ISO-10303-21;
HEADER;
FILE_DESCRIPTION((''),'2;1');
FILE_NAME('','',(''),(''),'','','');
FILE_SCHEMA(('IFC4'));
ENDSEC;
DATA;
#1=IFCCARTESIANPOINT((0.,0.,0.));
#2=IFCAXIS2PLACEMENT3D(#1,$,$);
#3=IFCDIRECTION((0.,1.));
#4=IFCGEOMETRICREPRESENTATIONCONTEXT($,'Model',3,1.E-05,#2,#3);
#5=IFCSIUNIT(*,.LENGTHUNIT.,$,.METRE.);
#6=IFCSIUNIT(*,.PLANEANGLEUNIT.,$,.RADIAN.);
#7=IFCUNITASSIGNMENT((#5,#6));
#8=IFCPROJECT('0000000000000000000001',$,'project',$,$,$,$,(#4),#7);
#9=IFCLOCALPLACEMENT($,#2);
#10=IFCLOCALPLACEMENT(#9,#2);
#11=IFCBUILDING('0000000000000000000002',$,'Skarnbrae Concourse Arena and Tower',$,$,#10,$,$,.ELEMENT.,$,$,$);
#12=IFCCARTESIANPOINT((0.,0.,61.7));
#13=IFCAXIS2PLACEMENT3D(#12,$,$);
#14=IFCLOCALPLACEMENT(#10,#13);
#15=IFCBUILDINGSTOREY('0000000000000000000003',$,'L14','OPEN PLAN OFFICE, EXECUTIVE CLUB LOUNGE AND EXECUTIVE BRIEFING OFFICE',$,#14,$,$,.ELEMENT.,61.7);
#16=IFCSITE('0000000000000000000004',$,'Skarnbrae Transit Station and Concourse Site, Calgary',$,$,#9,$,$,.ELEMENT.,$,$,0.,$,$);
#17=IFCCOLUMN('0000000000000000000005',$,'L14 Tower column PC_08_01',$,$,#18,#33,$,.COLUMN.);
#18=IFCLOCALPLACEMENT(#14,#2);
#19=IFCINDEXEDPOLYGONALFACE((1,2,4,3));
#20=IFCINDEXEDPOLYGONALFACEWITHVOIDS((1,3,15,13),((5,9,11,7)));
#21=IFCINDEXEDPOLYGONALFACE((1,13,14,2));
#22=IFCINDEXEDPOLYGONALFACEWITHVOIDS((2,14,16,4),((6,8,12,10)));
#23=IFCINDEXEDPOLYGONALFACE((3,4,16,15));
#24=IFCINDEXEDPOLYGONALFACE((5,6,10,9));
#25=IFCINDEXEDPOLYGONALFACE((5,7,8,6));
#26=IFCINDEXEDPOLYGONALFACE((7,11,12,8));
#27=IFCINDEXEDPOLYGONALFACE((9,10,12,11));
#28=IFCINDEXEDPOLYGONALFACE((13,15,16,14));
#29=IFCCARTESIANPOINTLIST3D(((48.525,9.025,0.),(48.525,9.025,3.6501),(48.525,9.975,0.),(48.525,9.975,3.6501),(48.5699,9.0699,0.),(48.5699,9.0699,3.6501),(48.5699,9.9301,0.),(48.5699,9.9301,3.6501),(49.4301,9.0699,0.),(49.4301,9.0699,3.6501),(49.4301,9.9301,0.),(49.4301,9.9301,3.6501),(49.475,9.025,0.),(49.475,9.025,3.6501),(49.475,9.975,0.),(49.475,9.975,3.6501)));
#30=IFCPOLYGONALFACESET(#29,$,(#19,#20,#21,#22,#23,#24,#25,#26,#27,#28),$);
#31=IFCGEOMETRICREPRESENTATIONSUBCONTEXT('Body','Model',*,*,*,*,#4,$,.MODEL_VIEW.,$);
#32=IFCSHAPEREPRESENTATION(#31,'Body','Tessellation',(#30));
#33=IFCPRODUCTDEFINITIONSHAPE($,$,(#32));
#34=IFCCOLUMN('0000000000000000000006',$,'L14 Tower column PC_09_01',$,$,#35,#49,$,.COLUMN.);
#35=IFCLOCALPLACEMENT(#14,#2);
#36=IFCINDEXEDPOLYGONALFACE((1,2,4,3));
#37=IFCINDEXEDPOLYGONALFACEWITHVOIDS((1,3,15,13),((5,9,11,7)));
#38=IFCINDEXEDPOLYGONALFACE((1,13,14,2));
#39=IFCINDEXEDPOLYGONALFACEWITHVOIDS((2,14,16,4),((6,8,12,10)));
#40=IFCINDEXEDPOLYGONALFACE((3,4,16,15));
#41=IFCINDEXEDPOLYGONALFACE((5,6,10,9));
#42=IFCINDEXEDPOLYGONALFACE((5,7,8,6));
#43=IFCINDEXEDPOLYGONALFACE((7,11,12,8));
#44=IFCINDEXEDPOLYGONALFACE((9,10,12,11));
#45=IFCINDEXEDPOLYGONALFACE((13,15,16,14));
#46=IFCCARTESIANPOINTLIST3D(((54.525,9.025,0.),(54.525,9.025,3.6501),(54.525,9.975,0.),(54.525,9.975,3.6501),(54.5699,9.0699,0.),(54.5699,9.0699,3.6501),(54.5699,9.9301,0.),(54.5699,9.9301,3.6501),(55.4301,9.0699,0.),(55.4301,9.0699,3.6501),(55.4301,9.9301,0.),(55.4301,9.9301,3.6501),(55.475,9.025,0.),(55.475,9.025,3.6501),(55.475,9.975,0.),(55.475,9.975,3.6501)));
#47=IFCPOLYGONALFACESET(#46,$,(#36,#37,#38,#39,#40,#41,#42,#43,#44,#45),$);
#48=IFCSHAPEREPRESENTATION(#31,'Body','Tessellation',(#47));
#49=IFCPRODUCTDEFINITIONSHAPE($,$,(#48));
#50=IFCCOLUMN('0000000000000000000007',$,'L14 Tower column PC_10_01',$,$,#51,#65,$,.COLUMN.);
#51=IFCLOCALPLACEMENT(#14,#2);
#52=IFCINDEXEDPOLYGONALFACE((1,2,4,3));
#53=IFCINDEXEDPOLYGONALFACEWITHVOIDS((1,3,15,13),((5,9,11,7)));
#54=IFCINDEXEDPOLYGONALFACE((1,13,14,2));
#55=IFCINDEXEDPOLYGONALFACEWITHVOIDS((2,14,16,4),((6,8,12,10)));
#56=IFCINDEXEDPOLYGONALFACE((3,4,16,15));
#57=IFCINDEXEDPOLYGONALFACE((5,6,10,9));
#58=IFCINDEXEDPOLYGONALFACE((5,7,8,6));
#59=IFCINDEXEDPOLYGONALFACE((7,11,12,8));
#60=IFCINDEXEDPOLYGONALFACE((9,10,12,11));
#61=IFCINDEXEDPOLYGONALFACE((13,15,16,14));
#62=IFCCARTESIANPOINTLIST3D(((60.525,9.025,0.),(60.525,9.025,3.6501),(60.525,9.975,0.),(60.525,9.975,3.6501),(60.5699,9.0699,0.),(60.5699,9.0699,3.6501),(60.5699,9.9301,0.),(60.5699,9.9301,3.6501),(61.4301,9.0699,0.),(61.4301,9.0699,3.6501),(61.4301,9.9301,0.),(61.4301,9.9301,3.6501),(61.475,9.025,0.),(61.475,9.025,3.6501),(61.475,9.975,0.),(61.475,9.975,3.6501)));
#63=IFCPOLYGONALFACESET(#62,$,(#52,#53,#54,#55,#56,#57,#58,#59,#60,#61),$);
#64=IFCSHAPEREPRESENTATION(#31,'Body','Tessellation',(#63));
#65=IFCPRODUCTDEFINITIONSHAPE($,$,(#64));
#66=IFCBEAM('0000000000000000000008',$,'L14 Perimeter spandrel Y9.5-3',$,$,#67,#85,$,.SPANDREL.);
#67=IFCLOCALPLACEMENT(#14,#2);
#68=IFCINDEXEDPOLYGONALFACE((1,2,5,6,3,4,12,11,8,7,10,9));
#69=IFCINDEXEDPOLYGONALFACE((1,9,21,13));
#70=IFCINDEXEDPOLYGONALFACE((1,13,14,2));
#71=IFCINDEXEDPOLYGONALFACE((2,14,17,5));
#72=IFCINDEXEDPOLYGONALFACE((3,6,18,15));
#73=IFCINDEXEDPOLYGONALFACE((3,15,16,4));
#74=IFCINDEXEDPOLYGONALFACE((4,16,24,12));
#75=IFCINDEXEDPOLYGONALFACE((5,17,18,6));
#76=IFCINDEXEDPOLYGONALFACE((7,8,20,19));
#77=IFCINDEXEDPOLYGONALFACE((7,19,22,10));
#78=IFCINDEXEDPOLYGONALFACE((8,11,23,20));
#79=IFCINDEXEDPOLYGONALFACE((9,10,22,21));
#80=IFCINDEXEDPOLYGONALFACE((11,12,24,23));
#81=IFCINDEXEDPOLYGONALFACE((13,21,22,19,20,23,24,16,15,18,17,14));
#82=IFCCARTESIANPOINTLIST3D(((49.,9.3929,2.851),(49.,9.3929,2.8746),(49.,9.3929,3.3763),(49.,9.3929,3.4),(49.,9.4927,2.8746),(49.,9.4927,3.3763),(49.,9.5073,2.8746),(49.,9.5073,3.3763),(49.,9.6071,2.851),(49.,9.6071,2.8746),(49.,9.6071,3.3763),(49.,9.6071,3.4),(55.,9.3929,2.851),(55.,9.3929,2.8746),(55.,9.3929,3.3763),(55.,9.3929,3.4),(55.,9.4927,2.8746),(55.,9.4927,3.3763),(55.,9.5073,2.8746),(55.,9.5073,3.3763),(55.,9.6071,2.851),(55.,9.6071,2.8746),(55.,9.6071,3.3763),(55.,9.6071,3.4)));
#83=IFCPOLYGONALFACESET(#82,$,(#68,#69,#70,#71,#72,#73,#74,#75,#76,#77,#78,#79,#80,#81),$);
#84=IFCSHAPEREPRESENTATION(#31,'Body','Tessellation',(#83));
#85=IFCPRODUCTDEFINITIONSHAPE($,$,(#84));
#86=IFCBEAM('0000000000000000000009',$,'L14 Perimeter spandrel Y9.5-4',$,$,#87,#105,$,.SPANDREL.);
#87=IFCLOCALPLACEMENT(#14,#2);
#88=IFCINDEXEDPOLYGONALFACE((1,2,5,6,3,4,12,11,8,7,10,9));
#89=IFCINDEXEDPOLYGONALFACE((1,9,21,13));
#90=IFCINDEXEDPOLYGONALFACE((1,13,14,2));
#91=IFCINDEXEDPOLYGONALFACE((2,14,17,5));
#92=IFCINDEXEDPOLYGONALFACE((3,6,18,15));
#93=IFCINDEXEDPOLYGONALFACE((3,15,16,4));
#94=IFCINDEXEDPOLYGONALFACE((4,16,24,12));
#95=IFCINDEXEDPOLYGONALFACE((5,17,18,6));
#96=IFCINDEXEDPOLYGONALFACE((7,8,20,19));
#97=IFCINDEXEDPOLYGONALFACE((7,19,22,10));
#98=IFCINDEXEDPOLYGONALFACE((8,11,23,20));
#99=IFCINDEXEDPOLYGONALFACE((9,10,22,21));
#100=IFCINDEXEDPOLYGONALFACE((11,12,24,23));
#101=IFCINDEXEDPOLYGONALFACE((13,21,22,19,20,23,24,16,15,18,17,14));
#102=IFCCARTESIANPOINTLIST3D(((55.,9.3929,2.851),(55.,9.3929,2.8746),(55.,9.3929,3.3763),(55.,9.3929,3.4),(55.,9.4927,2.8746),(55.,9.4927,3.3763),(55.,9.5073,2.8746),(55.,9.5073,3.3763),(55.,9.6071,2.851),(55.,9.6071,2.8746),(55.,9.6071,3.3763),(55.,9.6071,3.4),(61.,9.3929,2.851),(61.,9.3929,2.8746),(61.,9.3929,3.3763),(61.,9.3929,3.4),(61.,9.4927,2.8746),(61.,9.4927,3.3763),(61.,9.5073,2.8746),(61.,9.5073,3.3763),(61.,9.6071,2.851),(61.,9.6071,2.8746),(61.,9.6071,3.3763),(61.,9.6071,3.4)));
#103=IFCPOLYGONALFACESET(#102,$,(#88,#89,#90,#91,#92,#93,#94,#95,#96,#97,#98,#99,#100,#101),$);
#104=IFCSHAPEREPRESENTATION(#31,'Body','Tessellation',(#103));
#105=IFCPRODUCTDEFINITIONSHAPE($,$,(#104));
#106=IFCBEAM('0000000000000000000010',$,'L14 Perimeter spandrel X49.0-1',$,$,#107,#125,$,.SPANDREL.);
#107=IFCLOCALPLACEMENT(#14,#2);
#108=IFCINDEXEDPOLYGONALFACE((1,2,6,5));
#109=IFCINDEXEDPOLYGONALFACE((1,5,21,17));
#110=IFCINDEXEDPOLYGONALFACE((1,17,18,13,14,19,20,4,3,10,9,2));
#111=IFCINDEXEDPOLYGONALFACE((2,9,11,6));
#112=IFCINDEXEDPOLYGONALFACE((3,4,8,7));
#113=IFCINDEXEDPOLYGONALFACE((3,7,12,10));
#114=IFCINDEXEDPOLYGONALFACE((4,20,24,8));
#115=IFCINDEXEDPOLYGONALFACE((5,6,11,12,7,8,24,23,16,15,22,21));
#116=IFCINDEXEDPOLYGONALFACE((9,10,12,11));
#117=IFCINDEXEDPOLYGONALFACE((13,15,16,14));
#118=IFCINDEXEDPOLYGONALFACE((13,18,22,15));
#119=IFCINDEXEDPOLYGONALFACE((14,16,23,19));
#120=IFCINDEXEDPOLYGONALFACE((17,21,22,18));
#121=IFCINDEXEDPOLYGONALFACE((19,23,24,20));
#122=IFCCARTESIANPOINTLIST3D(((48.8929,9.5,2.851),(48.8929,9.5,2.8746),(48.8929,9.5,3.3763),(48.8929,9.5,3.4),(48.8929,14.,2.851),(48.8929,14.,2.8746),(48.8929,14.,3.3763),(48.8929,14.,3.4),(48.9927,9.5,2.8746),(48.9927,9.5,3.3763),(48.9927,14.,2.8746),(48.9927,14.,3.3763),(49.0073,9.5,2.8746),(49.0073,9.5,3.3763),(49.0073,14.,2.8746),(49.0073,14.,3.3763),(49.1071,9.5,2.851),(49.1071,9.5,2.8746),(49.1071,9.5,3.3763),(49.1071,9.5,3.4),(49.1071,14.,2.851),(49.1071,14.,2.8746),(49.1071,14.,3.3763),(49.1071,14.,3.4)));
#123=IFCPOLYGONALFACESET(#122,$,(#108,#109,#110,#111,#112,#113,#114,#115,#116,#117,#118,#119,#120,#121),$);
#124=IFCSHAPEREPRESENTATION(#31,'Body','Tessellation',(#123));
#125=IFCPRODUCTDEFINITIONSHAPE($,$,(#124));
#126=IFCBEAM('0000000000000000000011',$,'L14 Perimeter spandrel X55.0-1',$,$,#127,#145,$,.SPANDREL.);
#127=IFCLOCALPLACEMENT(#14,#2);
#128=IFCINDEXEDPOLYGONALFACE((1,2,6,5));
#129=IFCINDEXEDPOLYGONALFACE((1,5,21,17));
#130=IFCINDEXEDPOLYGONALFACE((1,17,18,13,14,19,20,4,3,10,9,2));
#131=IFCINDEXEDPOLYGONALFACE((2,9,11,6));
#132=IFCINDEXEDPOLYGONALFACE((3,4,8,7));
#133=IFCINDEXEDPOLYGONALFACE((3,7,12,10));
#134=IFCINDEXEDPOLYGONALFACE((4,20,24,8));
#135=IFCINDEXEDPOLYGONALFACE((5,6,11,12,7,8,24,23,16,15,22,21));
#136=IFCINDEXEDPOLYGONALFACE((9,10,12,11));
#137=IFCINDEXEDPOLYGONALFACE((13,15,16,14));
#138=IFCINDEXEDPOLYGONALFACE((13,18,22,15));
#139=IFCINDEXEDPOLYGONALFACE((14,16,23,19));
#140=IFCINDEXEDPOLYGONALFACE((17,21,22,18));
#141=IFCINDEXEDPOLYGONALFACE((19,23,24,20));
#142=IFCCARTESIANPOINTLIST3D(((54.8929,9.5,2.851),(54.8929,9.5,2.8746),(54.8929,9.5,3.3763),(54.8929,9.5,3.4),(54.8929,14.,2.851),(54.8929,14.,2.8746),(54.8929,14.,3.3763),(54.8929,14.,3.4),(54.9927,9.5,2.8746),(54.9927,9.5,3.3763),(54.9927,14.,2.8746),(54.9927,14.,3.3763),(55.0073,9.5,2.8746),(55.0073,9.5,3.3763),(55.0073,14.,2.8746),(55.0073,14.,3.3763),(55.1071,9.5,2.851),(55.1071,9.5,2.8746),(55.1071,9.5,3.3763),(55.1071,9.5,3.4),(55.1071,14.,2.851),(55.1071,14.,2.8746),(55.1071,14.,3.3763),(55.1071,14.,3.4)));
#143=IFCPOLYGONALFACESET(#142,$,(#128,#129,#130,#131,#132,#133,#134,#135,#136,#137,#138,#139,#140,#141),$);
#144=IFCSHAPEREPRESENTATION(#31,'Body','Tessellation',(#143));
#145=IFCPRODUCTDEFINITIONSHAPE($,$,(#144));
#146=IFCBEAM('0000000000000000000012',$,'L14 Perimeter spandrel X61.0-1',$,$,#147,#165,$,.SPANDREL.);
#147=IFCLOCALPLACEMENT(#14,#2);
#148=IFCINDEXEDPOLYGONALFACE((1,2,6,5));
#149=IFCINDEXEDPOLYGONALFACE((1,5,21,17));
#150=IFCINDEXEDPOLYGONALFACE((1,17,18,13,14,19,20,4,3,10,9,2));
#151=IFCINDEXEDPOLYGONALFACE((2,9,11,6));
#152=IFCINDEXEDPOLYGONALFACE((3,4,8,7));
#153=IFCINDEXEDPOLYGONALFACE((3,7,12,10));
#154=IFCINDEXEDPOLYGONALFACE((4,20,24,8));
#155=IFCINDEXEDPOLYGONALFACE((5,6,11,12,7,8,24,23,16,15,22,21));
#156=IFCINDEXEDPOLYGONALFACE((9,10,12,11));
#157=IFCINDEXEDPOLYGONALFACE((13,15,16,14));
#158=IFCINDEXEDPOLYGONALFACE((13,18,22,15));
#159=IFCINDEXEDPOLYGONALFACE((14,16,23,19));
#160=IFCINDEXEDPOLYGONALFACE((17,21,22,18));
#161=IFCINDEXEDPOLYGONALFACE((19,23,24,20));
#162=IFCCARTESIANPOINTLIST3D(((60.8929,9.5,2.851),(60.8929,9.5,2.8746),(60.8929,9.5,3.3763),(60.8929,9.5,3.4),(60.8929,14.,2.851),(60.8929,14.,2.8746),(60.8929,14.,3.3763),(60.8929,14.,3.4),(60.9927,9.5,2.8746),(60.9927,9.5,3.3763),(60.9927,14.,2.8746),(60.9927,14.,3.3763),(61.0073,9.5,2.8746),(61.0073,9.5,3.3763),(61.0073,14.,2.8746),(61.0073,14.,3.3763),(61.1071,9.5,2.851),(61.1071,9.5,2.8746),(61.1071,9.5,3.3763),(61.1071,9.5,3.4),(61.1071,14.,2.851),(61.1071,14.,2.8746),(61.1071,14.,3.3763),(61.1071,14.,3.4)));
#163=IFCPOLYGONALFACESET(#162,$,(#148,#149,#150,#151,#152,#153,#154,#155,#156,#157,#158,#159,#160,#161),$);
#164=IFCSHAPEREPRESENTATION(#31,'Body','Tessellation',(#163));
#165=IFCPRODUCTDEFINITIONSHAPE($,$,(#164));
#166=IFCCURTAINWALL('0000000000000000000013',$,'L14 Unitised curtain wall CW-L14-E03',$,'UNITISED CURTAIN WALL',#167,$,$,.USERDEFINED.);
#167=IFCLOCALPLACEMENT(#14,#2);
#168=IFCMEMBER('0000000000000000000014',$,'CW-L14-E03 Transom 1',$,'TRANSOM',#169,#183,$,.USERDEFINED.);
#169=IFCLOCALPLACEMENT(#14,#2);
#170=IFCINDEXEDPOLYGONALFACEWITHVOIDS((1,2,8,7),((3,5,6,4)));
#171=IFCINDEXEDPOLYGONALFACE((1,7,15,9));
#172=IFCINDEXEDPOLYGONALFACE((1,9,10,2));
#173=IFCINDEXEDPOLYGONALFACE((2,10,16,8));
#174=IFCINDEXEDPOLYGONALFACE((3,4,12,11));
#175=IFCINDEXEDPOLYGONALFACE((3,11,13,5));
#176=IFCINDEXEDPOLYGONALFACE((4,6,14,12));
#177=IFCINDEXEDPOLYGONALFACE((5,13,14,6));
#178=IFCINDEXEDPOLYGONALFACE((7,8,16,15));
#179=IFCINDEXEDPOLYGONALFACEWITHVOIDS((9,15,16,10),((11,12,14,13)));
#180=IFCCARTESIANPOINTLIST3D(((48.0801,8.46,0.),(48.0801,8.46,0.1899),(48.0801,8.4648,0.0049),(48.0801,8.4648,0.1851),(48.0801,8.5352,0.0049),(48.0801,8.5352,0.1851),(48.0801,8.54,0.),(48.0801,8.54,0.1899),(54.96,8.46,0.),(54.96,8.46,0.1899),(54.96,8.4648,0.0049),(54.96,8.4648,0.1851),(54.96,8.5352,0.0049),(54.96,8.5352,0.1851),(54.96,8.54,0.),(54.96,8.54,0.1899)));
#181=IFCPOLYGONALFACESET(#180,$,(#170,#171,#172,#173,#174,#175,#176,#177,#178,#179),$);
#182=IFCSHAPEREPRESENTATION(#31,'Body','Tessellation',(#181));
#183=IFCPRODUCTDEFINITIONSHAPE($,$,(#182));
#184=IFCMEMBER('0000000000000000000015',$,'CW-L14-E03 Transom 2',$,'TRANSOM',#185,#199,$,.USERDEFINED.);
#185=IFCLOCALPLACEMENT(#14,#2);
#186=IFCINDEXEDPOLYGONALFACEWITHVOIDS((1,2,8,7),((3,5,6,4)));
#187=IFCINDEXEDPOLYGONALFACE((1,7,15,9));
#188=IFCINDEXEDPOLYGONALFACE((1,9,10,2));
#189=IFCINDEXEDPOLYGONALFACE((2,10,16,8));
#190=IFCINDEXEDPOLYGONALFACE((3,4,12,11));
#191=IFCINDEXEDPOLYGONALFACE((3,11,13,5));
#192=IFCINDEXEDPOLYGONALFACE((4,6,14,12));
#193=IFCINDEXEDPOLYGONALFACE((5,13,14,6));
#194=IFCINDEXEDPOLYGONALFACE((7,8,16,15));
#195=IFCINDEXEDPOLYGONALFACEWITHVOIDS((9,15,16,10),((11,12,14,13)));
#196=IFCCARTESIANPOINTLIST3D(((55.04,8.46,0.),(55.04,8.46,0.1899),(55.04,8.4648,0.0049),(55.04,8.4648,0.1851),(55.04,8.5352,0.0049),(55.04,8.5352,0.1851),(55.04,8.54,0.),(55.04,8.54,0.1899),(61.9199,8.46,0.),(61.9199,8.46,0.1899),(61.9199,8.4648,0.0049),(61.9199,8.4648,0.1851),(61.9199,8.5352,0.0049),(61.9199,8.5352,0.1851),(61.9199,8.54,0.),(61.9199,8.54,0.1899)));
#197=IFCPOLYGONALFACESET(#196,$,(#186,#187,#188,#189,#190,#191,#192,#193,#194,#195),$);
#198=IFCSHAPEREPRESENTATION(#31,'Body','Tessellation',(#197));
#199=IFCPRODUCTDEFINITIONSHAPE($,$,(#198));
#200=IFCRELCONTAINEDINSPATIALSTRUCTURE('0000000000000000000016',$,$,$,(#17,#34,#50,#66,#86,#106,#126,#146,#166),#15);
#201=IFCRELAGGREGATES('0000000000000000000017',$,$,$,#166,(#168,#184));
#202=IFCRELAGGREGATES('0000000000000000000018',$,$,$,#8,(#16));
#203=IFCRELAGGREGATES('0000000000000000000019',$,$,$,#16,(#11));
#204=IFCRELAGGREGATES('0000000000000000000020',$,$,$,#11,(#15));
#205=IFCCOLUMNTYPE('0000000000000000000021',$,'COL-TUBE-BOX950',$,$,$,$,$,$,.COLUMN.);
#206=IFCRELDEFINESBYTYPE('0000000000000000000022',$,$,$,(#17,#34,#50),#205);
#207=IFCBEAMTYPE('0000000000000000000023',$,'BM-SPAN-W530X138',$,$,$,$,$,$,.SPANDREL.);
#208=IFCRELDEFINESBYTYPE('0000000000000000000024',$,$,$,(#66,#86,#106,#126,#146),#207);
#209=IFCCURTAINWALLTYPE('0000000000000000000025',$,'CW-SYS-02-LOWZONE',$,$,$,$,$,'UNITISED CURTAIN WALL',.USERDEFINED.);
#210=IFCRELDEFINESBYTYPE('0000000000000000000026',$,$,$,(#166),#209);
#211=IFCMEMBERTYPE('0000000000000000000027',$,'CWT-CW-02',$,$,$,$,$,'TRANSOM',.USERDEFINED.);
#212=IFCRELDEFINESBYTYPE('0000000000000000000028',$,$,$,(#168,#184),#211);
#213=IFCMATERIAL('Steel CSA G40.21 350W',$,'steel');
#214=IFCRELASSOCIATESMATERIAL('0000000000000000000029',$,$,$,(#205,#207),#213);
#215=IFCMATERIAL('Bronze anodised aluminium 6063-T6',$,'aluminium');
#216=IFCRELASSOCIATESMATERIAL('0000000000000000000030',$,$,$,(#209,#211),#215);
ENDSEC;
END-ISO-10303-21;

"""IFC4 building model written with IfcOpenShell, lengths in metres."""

from ifc_helpers import new_model, si_unit, direction, frame, origin, origin_2d, place, context, subcontext, project, spatial, hollow_rectangle, i_section, extrude, source, transform, mapped, material, material_profile, profile_set, type_object, element, aggregate, save


model = new_model("IFC4")

# Units and contexts
model_context = context("Model", 3, precision=1e-05, world=origin(), true_north=direction((0.0, 1.0)))
body_context = subcontext(model_context, "Body", "Model", "MODEL_VIEW")
ifc_project = project(units=[si_unit("LENGTHUNIT", "METRE"), si_unit("PLANEANGLEUNIT", "RADIAN")], contexts=[model_context])

# Site, building, storey
site_placement = place(None, origin())
site = spatial("IfcSite", under=ifc_project, at=site_placement, Name="Skarnbrae Transit Station and Concourse Site, Calgary", CompositionType="ELEMENT", RefElevation=0.0)
building_placement = place(site_placement, origin())
building = spatial("IfcBuilding", under=site, at=building_placement, Name="Skarnbrae Concourse Arena and Tower", CompositionType="ELEMENT")
storey_placement = place(building_placement, frame((0.0, 0.0, 61.7)))
storey = spatial("IfcBuildingStorey", under=building, at=storey_placement, Name="L14", Description="OPEN PLAN OFFICE, EXECUTIVE CLUB LOUNGE AND EXECUTIVE BRIEFING OFFICE", CompositionType="ELEMENT", Elevation=61.7)

# Columns
ifc_material_1 = material(Name="Steel CSA G40.21 350W", Category="steel")
ifc_material_profile_1 = material_profile(ifc_material_1, hollow_rectangle(XDim=0.95, YDim=0.95, WallThickness=0.0449, at=origin_2d()), Name="BOX950X950X45")
ifc_profile_set_1 = profile_set([ifc_material_profile_1], Name="Steel CSA G40.21 350W")
column_type = type_object("IfcColumnType", Name="COL-TUBE-BOX950", PredefinedType="COLUMN", material=ifc_profile_set_1)
shared_shape_1 = source(origin(), body_context, "Body", "SweptSolid", [
    extrude(hollow_rectangle(XDim=0.95, YDim=0.95, WallThickness=0.0449, at=origin_2d()), origin(), (0.0, 0.0, 1.0), 3.6501),
])
for number, where, z_axis, x_axis, name in (
    (1, (49.0, 9.5, 0.0), (0.0, 0.0, 1.0), (1.0, 0.0, 0.0), "L14 Tower column PC_08_01"),
    (2, (55.0, 9.5, 0.0), (0.0, 0.0, 1.0), (1.0, 0.0, 0.0), "L14 Tower column PC_09_01"),
    (3, (61.0, 9.5, 0.0), (0.0, 0.0, 1.0), (1.0, 0.0, 0.0), "L14 Tower column PC_10_01"),
):
    element("IfcColumn", number, at=place(storey_placement, frame(where, z_axis=z_axis, x_axis=x_axis)), inside=storey, type_object=column_type, Name=name, PredefinedType="COLUMN", context=body_context, shape_type="MappedRepresentation", body=[
        mapped(shared_shape_1, transform((0.0, 0.0, 0.0))),
    ])

# Beams
ifc_material_profile_2 = material_profile(ifc_material_1, i_section(OverallWidth=0.2141, OverallDepth=0.5491, WebThickness=0.0146, FlangeThickness=0.0237, at=origin_2d()), Name="W530X138")
ifc_profile_set_2 = profile_set([ifc_material_profile_2], Name="Steel CSA G40.21 350W")
beam_type = type_object("IfcBeamType", Name="BM-SPAN-W530X138", PredefinedType="SPANDREL", material=ifc_profile_set_2)
shared_shape_2 = source(origin(), body_context, "Body", "SweptSolid", [
    extrude(i_section(OverallWidth=0.2141, OverallDepth=0.5491, WebThickness=0.0146, FlangeThickness=0.0237, at=origin_2d()), origin(), (0.0, 0.0, 1.0), 6.0),
])
for number, where, z_axis, x_axis, name in (
    (4, (49.0, 9.5, 3.1255), (1.0, 0.0, 0.0), (0.0, 1.0, 0.0), "L14 Perimeter spandrel Y9.5-3"),
    (5, (55.0, 9.5, 3.1255), (1.0, 0.0, 0.0), (0.0, 1.0, 0.0), "L14 Perimeter spandrel Y9.5-4"),
):
    element("IfcBeam", number, at=place(storey_placement, frame(where, z_axis=z_axis, x_axis=x_axis)), inside=storey, type_object=beam_type, Name=name, PredefinedType="SPANDREL", context=body_context, shape_type="MappedRepresentation", body=[
        mapped(shared_shape_2, transform((0.0, 0.0, 0.0))),
    ])
shared_shape_3 = source(origin(), body_context, "Body", "SweptSolid", [
    extrude(i_section(OverallWidth=0.2141, OverallDepth=0.5491, WebThickness=0.0146, FlangeThickness=0.0237, at=origin_2d()), origin(), (0.0, 0.0, 1.0), 4.5),
])
for number, where, z_axis, x_axis, name in (
    (6, (49.0, 9.5, 3.1255), (0.0, 1.0, 0.0), (-1.0, 0.0, 0.0), "L14 Perimeter spandrel X49.0-1"),
    (7, (55.0, 9.5, 3.1255), (0.0, 1.0, 0.0), (-1.0, 0.0, 0.0), "L14 Perimeter spandrel X55.0-1"),
    (8, (61.0, 9.5, 3.1255), (0.0, 1.0, 0.0), (-1.0, 0.0, 0.0), "L14 Perimeter spandrel X61.0-1"),
):
    element("IfcBeam", number, at=place(storey_placement, frame(where, z_axis=z_axis, x_axis=x_axis)), inside=storey, type_object=beam_type, Name=name, PredefinedType="SPANDREL", context=body_context, shape_type="MappedRepresentation", body=[
        mapped(shared_shape_3, transform((0.0, 0.0, 0.0))),
    ])

# Curtain wall, members
ifc_material_2 = material(Name="Bronze anodised aluminium 6063-T6", Category="aluminium")
curtain_wall_type = type_object("IfcCurtainWallType", Name="CW-SYS-02-LOWZONE", ElementType="UNITISED CURTAIN WALL", PredefinedType="USERDEFINED", material=ifc_material_2)
curtain_wall_1_placement = place(storey_placement, origin())
curtain_wall_1 = element("IfcCurtainWall", 9, at=curtain_wall_1_placement, inside=storey, type_object=curtain_wall_type, Name="L14 Unitised curtain wall CW-L14-E03", ObjectType="UNITISED CURTAIN WALL", PredefinedType="USERDEFINED")
ifc_material_profile_3 = material_profile(ifc_material_2, hollow_rectangle(XDim=0.0801, YDim=0.1899, WallThickness=0.0049, at=origin_2d()), Name="ALU-TRAN-80X190")
ifc_profile_set_3 = profile_set([ifc_material_profile_3], Name="Bronze anodised aluminium 6063-T6")
member_type_1 = type_object("IfcMemberType", Name="CWT-CW-02", ElementType="TRANSOM", PredefinedType="USERDEFINED", material=ifc_profile_set_3)
shared_shape_4 = source(origin(), body_context, "Body", "SweptSolid", [
    extrude(hollow_rectangle(XDim=0.0801, YDim=0.1899, WallThickness=0.0049, at=origin_2d()), origin(), (0.0, 0.0, 1.0), 6.8799),
])
member_1_placement = place(storey_placement, frame((48.0801, 8.5, 0.095), z_axis=(1.0, 0.0, 0.0), x_axis=(0.0, 1.0, 0.0)))
member_1 = element("IfcMember", 10, at=member_1_placement, type_object=member_type_1, Name="CW-L14-E03 Transom 1", ObjectType="TRANSOM", PredefinedType="USERDEFINED", context=body_context, shape_type="MappedRepresentation", body=[
    mapped(shared_shape_4, transform((0.0, 0.0, 0.0))),
])
member_2_placement = place(storey_placement, frame((55.04, 8.5, 0.095), z_axis=(1.0, 0.0, 0.0), x_axis=(0.0, 1.0, 0.0)))
member_2 = element("IfcMember", 11, at=member_2_placement, type_object=member_type_1, Name="CW-L14-E03 Transom 2", ObjectType="TRANSOM", PredefinedType="USERDEFINED", context=body_context, shape_type="MappedRepresentation", body=[
    mapped(shared_shape_4, transform((0.0, 0.0, 0.0))),
])

aggregate(curtain_wall_1, [member_1, member_2])

save(model, "model.ifc")
